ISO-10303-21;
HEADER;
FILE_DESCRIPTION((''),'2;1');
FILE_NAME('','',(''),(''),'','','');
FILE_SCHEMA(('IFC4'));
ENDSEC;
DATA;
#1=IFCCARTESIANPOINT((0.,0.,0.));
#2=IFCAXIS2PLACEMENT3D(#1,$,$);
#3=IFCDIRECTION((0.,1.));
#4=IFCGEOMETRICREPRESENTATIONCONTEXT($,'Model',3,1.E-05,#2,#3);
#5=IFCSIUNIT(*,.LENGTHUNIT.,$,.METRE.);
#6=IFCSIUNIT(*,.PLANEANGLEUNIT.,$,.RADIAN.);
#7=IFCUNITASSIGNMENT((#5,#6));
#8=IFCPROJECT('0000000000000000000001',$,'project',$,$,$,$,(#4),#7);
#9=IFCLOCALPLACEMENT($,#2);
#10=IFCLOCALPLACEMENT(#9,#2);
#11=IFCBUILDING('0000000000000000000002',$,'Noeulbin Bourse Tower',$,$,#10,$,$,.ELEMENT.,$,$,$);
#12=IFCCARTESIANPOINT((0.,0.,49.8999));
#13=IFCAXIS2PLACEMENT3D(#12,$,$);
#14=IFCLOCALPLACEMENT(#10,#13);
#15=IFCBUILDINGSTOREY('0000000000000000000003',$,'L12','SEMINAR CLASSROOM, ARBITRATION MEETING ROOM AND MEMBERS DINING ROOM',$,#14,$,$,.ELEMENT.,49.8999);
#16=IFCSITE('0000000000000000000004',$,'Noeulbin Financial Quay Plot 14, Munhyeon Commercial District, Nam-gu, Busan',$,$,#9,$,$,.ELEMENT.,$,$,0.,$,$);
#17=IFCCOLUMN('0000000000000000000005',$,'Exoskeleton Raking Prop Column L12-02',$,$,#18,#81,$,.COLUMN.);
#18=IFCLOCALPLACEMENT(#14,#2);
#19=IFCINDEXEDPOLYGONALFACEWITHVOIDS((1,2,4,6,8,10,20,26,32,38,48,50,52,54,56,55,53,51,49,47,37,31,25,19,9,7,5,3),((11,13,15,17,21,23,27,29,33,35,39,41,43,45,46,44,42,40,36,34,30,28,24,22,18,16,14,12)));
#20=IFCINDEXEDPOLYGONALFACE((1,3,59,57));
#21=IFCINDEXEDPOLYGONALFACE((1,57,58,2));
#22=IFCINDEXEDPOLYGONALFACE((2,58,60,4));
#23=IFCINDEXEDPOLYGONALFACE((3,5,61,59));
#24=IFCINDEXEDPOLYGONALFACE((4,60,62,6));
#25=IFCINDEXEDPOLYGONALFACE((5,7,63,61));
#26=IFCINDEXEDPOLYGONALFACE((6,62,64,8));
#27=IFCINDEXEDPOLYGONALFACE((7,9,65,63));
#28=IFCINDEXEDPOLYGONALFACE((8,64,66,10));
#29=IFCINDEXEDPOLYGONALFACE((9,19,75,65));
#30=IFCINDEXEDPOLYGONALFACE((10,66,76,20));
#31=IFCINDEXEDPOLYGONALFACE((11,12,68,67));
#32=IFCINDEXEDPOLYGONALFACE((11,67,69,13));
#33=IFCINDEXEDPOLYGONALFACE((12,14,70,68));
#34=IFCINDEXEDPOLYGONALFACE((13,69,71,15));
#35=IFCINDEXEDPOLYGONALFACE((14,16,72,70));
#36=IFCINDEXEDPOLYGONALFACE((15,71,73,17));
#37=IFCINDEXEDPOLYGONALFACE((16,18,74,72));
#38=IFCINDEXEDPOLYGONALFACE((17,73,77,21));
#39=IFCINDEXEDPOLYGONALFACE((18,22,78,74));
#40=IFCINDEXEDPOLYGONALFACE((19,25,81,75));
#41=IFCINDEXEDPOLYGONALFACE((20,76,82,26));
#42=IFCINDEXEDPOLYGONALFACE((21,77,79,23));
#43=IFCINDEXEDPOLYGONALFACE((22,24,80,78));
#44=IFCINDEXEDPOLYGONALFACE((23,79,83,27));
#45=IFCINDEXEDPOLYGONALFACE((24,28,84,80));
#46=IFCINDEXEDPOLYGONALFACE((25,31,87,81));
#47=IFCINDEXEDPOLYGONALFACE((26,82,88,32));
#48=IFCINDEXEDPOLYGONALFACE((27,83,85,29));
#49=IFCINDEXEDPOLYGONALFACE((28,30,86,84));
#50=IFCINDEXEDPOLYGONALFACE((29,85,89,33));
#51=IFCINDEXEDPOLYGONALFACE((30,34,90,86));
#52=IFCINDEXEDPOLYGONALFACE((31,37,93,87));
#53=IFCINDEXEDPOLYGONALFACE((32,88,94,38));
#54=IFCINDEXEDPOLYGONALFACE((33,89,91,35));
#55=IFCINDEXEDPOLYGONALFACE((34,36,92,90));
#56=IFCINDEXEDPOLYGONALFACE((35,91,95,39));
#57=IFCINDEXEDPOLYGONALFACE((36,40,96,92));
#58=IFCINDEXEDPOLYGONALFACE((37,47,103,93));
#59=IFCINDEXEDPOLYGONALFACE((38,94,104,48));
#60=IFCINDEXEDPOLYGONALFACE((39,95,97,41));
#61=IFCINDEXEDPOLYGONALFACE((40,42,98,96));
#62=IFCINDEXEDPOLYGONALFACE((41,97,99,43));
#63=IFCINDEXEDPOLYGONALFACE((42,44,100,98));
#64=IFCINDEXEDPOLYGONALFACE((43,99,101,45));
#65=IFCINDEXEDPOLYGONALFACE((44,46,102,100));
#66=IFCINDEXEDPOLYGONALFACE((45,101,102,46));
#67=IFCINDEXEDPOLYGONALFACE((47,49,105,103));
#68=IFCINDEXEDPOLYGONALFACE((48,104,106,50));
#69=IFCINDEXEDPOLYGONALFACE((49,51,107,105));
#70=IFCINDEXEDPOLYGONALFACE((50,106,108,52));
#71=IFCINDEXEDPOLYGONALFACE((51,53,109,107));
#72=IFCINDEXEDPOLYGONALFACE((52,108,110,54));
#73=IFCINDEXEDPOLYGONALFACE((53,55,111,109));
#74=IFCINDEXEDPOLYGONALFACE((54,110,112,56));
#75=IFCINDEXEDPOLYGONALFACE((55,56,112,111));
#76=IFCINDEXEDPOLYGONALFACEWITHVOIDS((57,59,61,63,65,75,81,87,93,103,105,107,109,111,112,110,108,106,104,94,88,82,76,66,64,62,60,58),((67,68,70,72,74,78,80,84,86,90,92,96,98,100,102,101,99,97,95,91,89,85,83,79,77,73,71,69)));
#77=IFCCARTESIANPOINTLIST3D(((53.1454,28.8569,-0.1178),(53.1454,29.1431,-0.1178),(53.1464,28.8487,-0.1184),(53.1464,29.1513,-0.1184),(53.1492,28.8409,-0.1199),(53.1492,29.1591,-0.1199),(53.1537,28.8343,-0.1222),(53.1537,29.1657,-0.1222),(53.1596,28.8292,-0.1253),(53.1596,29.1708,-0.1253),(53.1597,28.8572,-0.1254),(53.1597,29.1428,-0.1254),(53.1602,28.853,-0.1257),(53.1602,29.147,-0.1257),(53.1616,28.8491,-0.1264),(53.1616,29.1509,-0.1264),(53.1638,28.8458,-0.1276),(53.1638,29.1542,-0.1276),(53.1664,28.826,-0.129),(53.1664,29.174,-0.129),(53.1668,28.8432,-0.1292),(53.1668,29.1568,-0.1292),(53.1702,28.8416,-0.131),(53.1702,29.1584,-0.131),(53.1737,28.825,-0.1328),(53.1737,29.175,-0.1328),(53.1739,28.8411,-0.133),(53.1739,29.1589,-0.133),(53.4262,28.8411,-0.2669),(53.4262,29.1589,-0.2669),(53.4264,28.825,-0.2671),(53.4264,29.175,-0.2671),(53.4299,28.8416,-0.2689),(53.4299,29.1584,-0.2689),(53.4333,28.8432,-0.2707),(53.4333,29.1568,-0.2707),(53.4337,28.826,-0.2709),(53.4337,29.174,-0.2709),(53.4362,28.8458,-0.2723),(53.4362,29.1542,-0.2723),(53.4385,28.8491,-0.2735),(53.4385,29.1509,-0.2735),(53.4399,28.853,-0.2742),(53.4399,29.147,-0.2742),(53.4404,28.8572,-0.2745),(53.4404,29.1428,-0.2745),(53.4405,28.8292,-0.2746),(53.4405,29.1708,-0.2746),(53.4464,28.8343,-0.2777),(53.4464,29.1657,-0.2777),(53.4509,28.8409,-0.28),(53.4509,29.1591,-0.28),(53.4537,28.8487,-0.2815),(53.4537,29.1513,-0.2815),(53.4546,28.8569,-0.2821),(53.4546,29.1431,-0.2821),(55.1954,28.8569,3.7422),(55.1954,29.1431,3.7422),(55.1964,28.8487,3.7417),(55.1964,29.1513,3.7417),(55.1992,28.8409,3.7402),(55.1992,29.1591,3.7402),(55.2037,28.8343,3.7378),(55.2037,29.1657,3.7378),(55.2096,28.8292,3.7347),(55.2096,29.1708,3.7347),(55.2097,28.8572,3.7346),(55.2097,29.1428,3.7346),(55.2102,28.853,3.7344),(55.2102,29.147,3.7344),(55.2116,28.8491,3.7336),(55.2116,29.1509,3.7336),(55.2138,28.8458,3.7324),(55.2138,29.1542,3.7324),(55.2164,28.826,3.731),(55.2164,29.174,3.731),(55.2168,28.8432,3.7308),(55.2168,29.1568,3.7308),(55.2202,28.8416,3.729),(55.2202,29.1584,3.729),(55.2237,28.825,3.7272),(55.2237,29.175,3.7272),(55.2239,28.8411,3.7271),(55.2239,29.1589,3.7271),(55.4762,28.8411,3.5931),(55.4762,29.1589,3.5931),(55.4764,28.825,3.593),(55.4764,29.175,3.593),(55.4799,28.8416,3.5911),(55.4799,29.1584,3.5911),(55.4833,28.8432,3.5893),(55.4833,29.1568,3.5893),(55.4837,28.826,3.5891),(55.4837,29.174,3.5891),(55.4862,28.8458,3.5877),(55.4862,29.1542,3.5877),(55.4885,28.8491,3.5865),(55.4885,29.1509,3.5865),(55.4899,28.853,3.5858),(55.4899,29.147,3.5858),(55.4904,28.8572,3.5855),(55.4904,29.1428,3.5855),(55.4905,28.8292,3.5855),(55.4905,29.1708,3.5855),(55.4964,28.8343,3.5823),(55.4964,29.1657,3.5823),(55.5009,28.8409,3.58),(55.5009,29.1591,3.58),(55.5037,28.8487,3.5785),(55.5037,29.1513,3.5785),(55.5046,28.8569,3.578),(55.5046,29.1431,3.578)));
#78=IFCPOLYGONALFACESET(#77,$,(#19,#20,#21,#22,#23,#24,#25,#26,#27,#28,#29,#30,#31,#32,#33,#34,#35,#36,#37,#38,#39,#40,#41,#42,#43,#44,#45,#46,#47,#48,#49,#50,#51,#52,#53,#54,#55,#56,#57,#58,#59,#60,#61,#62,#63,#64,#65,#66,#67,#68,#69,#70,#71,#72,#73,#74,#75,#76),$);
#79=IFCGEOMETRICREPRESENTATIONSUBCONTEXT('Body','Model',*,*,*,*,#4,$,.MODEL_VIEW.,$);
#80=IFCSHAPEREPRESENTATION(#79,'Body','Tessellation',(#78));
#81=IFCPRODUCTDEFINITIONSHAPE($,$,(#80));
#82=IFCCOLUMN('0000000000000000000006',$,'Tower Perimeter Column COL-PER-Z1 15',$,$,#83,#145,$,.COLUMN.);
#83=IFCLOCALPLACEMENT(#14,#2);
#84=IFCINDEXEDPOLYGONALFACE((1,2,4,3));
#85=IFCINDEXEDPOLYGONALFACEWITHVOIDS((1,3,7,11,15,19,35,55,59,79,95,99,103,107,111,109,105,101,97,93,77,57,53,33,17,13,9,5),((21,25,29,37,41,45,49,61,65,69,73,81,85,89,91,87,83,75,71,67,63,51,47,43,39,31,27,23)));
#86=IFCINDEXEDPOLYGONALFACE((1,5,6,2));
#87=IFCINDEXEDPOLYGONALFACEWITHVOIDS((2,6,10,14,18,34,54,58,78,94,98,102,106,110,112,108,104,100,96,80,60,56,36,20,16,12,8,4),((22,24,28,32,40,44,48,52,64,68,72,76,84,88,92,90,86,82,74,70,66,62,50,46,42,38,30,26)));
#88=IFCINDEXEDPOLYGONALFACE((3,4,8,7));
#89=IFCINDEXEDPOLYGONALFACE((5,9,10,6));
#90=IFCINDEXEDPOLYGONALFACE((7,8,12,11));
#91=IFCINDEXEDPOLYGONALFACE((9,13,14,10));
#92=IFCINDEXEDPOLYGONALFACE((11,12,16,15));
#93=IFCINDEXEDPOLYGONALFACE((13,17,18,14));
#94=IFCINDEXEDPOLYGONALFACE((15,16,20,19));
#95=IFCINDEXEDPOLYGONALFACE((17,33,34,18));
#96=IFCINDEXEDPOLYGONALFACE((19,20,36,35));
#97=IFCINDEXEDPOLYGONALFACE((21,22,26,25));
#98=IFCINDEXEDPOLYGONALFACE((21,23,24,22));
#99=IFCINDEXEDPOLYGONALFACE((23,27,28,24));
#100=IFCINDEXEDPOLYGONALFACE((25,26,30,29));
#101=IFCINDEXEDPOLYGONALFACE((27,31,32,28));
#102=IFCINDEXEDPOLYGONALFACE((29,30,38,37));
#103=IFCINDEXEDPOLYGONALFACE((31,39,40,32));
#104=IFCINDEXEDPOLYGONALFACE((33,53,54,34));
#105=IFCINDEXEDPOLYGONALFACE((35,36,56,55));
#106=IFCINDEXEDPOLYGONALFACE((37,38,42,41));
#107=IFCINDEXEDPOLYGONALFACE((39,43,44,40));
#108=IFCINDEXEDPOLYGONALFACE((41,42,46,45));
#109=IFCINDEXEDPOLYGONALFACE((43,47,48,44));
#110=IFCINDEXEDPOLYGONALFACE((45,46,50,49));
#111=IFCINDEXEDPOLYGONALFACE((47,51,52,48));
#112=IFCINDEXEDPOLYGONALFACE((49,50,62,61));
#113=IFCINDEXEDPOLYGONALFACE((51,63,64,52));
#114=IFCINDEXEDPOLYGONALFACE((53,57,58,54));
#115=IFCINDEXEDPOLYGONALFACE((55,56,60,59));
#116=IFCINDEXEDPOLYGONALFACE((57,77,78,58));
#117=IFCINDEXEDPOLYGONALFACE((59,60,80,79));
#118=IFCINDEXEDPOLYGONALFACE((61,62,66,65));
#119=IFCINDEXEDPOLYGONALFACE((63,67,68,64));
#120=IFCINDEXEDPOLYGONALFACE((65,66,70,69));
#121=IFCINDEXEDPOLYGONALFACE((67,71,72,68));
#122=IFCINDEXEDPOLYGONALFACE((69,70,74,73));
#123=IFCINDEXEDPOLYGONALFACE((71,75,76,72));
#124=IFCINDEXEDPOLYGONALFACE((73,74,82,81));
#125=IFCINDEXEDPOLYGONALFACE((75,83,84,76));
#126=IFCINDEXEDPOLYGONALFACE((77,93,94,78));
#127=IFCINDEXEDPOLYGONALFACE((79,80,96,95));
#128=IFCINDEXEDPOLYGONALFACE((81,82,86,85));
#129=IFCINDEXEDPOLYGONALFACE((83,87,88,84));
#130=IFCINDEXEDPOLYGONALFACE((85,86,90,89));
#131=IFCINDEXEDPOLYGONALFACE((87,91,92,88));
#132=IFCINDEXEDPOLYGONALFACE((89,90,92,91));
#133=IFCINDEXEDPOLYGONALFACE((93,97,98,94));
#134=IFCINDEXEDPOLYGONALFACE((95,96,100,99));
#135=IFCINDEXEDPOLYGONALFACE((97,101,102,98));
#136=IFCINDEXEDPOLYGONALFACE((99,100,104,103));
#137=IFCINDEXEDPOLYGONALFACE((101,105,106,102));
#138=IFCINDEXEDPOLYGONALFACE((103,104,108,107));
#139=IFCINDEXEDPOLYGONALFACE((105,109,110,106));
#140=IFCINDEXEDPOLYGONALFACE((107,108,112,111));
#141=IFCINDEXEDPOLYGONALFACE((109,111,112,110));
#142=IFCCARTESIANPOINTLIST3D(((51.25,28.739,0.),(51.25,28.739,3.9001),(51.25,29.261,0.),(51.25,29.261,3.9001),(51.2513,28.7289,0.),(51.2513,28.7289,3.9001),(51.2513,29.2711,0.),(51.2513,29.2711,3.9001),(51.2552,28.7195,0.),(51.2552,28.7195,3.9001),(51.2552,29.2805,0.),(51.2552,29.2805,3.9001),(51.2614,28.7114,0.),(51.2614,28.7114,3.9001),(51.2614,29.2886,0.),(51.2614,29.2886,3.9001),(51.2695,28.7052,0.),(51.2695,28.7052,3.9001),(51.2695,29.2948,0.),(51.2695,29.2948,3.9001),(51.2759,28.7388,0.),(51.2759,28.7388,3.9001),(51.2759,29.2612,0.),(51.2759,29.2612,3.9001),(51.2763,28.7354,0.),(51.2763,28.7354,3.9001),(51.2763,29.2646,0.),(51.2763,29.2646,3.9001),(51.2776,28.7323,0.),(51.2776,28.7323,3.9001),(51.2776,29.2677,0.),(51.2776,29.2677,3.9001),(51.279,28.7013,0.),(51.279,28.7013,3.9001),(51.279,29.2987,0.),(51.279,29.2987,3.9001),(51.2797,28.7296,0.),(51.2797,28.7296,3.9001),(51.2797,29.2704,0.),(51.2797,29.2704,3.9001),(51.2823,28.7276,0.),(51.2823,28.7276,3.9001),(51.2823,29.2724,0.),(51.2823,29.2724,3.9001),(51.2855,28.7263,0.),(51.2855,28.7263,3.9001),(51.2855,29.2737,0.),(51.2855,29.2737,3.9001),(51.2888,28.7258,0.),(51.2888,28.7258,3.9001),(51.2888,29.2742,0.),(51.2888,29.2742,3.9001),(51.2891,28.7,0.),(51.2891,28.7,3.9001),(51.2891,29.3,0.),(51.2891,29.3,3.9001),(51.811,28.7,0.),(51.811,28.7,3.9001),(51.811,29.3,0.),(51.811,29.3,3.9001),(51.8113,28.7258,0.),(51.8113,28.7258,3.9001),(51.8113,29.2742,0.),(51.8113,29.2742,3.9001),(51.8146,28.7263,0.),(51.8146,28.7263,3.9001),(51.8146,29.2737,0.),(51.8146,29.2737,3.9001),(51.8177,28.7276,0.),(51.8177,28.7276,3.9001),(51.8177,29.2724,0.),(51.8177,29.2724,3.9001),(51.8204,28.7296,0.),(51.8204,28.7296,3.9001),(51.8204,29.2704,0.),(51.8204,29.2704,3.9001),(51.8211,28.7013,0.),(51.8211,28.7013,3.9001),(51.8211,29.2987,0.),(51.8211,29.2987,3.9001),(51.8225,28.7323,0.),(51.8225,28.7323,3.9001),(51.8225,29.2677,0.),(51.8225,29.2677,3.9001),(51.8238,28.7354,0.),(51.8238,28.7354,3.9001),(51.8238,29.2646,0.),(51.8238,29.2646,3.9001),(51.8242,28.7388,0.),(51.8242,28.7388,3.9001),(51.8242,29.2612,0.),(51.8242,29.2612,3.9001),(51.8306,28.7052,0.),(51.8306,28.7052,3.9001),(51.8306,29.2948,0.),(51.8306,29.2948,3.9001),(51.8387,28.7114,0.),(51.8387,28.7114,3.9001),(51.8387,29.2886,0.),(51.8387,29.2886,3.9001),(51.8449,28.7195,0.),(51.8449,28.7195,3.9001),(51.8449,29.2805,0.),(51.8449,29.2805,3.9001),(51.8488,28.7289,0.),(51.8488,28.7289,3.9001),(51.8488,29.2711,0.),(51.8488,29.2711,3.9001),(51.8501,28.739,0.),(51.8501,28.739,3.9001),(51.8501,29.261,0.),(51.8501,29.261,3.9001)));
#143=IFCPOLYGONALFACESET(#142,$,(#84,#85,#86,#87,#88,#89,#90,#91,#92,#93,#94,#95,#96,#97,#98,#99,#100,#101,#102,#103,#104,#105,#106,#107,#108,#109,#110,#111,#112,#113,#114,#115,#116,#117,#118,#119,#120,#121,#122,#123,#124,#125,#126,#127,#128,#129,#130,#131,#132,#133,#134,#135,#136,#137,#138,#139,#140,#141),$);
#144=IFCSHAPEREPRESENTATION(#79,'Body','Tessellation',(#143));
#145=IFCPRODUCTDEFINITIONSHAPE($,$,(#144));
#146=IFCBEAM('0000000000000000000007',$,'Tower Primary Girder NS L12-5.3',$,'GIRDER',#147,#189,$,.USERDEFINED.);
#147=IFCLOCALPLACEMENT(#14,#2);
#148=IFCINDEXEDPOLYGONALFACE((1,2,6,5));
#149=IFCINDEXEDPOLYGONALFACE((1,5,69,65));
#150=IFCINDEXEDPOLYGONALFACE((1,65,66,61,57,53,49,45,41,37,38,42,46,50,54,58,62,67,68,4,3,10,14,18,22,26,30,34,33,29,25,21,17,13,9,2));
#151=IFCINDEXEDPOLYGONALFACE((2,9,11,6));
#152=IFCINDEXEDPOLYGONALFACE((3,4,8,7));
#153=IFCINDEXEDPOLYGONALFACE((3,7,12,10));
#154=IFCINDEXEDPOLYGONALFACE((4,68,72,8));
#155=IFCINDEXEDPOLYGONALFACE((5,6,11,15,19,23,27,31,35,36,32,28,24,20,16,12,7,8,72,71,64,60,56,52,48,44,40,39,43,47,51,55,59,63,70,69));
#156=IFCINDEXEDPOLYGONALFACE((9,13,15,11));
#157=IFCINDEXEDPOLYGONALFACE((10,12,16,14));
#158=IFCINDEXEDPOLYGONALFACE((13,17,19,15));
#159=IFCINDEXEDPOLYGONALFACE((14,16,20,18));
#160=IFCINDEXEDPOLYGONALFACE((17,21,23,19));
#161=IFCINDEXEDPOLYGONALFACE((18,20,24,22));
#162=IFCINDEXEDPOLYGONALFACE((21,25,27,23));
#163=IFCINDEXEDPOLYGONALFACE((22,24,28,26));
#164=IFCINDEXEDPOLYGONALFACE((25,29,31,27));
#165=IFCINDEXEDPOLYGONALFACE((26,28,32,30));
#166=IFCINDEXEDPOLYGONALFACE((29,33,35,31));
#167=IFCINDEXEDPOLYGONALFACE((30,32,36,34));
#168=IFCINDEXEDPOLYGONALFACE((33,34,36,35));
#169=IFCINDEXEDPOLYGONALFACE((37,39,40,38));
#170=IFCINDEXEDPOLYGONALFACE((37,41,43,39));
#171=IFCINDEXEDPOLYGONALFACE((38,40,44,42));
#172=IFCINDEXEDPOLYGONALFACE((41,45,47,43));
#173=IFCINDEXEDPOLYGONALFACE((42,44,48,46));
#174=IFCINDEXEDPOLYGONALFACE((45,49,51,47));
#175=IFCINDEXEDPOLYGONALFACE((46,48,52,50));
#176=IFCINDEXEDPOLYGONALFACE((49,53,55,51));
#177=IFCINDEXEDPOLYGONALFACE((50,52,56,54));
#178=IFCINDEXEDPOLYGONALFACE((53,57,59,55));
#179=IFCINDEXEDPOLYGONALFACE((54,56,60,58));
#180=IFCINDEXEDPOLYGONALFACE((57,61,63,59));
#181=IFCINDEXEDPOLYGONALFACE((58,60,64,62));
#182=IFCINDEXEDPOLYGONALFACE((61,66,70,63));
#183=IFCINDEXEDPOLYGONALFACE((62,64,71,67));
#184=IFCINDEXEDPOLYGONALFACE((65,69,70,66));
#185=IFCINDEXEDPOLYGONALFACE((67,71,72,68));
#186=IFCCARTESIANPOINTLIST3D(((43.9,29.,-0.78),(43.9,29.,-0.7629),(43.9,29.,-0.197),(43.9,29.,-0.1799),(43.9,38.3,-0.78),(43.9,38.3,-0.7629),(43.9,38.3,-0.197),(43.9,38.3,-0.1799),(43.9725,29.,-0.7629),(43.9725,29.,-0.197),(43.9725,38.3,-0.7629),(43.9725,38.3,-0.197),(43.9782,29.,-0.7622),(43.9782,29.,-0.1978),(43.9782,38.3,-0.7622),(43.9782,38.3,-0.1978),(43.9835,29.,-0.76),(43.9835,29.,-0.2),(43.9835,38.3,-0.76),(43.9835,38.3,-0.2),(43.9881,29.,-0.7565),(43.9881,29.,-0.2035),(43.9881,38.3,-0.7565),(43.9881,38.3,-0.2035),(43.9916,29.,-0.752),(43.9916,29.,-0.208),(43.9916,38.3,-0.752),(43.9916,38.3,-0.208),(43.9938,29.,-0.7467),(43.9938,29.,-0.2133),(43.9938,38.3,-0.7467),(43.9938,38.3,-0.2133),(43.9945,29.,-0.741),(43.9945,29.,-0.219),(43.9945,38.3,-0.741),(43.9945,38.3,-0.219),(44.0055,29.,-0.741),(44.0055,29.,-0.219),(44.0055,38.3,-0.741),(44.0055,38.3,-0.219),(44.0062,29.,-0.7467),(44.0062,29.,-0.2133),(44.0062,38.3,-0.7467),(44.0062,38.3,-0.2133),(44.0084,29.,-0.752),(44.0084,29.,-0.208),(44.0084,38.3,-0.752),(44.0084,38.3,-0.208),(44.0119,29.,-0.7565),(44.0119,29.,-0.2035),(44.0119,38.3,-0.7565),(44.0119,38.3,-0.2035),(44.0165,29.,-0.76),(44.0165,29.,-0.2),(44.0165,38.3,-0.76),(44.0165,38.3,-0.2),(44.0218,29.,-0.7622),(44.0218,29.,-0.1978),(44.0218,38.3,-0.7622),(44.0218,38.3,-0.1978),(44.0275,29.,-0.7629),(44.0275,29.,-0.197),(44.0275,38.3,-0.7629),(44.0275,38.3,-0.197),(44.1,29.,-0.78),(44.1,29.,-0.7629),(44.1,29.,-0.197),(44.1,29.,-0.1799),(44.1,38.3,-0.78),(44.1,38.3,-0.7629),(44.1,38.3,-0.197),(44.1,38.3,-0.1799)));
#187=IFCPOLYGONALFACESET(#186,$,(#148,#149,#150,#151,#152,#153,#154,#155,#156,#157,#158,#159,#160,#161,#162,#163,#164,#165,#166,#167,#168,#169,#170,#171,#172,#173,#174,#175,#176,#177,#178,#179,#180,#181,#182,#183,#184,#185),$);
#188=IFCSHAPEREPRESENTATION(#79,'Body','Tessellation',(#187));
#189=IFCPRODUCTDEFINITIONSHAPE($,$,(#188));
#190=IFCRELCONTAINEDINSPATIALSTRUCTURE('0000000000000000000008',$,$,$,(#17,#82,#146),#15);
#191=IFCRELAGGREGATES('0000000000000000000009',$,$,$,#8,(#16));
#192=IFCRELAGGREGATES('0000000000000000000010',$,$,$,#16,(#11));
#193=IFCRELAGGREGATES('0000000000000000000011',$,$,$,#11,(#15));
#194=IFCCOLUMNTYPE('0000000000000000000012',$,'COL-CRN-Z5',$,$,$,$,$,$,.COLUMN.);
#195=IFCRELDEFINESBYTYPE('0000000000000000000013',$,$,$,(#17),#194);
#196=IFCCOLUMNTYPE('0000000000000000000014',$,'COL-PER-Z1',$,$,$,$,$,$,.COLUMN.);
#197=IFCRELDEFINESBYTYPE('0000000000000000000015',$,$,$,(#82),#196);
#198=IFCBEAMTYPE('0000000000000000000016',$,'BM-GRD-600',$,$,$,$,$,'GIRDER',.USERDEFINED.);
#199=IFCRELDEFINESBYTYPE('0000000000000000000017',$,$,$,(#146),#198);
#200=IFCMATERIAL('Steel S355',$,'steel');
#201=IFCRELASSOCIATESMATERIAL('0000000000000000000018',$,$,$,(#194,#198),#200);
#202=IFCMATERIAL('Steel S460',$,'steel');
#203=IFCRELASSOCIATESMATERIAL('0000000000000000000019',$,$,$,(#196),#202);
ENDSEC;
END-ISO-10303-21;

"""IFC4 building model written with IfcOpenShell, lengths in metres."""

from ifc_helpers import new_model, si_unit, direction, frame, origin, origin_2d, place, context, subcontext, project, spatial, hollow_rectangle, i_section, extrude, material, material_profile, profile_set, type_object, element, save


model = new_model("IFC4")

# Units and contexts
model_context = context("Model", 3, precision=1e-05, world=origin(), true_north=direction((0.0, 1.0)))
body_context = subcontext(model_context, "Body", "Model", "MODEL_VIEW")
ifc_project = project(units=[si_unit("LENGTHUNIT", "METRE"), si_unit("PLANEANGLEUNIT", "RADIAN")], contexts=[model_context])

# Site, building, storey
site_placement = place(None, origin())
site = spatial("IfcSite", under=ifc_project, at=site_placement, Name="Noeulbin Financial Quay Plot 14, Munhyeon Commercial District, Nam-gu, Busan", CompositionType="ELEMENT", RefElevation=0.0)
building_placement = place(site_placement, origin())
building = spatial("IfcBuilding", under=site, at=building_placement, Name="Noeulbin Bourse Tower", CompositionType="ELEMENT")
storey_placement = place(building_placement, frame((0.0, 0.0, 49.8999)))
storey = spatial("IfcBuildingStorey", under=building, at=storey_placement, Name="L12", Description="SEMINAR CLASSROOM, ARBITRATION MEETING ROOM AND MEMBERS DINING ROOM", CompositionType="ELEMENT", Elevation=49.8999)

# Columns
ifc_material_1 = material(Name="Steel S355", Category="steel")
ifc_material_profile_1 = material_profile(ifc_material_1, hollow_rectangle(XDim=0.3501, YDim=0.3501, WallThickness=0.0161, InnerFilletRadius=0.0161, OuterFilletRadius=0.032, at=origin_2d()), Name="SHS-350x350x16", Category="LoadBearing")
ifc_profile_set_1 = profile_set([ifc_material_profile_1], Name="Steel S355")
column_type_1 = type_object("IfcColumnType", Name="COL-CRN-Z5", PredefinedType="COLUMN", material=ifc_profile_set_1)
column_1_placement = place(storey_placement, frame((53.3, 29.0, -0.2), z_axis=(0.469042, 0.0, 0.883176), x_axis=(0.0, 1.0, 0.0)))
element("IfcColumn", 1, at=column_1_placement, inside=storey, type_object=column_type_1, Name="Exoskeleton Raking Prop Column L12-02", PredefinedType="COLUMN", context=body_context, shape_type="SweptSolid", body=[
    extrude(hollow_rectangle(XDim=0.3501, YDim=0.3501, WallThickness=0.0161, InnerFilletRadius=0.0161, OuterFilletRadius=0.032, at=origin_2d()), origin(), (0.0, 0.0, 1.0), 4.3706),
])
ifc_material_2 = material(Name="Steel S460", Category="steel")
ifc_material_profile_2 = material_profile(ifc_material_2, hollow_rectangle(XDim=0.6001, YDim=0.6001, WallThickness=0.0259, InnerFilletRadius=0.0129, OuterFilletRadius=0.0391, at=origin_2d()), Name="BOX-600x600x26", Category="LoadBearing")
ifc_profile_set_2 = profile_set([ifc_material_profile_2], Name="Steel S460")
column_type_2 = type_object("IfcColumnType", Name="COL-PER-Z1", PredefinedType="COLUMN", material=ifc_profile_set_2)
column_2_placement = place(storey_placement, frame((51.55, 29.0, 0.0), z_axis=(0.0, 0.0, 1.0), x_axis=(1.0, 0.0, 0.0)))
element("IfcColumn", 2, at=column_2_placement, inside=storey, type_object=column_type_2, Name="Tower Perimeter Column COL-PER-Z1 15", PredefinedType="COLUMN", context=body_context, shape_type="SweptSolid", body=[
    extrude(hollow_rectangle(XDim=0.6001, YDim=0.6001, WallThickness=0.0259, InnerFilletRadius=0.0129, OuterFilletRadius=0.0391, at=origin_2d()), origin(), (0.0, 0.0, 1.0), 3.9001),
])

# Beam
ifc_material_profile_3 = material_profile(ifc_material_1, i_section(OverallWidth=0.2, OverallDepth=0.6001, WebThickness=0.011, FlangeThickness=0.0171, FilletRadius=0.022, at=origin_2d()), Name="H-600x200x11x17", Category="LoadBearing")
ifc_profile_set_3 = profile_set([ifc_material_profile_3], Name="Steel S355")
beam_type_1 = type_object("IfcBeamType", Name="BM-GRD-600", ElementType="GIRDER", PredefinedType="USERDEFINED", material=ifc_profile_set_3)
beam_1_placement = place(storey_placement, frame((44.0, 29.0, -0.48), z_axis=(0.0, 1.0, 0.0), x_axis=(-1.0, 0.0, 0.0)))
element("IfcBeam", 3, at=beam_1_placement, inside=storey, type_object=beam_type_1, Name="Tower Primary Girder NS L12-5.3", ObjectType="GIRDER", PredefinedType="USERDEFINED", context=body_context, shape_type="SweptSolid", body=[
    extrude(i_section(OverallWidth=0.2, OverallDepth=0.6001, WebThickness=0.011, FlangeThickness=0.0171, FilletRadius=0.022, at=origin_2d()), origin(), (0.0, 0.0, 1.0), 9.3),
])

save(model, "model.ifc")
